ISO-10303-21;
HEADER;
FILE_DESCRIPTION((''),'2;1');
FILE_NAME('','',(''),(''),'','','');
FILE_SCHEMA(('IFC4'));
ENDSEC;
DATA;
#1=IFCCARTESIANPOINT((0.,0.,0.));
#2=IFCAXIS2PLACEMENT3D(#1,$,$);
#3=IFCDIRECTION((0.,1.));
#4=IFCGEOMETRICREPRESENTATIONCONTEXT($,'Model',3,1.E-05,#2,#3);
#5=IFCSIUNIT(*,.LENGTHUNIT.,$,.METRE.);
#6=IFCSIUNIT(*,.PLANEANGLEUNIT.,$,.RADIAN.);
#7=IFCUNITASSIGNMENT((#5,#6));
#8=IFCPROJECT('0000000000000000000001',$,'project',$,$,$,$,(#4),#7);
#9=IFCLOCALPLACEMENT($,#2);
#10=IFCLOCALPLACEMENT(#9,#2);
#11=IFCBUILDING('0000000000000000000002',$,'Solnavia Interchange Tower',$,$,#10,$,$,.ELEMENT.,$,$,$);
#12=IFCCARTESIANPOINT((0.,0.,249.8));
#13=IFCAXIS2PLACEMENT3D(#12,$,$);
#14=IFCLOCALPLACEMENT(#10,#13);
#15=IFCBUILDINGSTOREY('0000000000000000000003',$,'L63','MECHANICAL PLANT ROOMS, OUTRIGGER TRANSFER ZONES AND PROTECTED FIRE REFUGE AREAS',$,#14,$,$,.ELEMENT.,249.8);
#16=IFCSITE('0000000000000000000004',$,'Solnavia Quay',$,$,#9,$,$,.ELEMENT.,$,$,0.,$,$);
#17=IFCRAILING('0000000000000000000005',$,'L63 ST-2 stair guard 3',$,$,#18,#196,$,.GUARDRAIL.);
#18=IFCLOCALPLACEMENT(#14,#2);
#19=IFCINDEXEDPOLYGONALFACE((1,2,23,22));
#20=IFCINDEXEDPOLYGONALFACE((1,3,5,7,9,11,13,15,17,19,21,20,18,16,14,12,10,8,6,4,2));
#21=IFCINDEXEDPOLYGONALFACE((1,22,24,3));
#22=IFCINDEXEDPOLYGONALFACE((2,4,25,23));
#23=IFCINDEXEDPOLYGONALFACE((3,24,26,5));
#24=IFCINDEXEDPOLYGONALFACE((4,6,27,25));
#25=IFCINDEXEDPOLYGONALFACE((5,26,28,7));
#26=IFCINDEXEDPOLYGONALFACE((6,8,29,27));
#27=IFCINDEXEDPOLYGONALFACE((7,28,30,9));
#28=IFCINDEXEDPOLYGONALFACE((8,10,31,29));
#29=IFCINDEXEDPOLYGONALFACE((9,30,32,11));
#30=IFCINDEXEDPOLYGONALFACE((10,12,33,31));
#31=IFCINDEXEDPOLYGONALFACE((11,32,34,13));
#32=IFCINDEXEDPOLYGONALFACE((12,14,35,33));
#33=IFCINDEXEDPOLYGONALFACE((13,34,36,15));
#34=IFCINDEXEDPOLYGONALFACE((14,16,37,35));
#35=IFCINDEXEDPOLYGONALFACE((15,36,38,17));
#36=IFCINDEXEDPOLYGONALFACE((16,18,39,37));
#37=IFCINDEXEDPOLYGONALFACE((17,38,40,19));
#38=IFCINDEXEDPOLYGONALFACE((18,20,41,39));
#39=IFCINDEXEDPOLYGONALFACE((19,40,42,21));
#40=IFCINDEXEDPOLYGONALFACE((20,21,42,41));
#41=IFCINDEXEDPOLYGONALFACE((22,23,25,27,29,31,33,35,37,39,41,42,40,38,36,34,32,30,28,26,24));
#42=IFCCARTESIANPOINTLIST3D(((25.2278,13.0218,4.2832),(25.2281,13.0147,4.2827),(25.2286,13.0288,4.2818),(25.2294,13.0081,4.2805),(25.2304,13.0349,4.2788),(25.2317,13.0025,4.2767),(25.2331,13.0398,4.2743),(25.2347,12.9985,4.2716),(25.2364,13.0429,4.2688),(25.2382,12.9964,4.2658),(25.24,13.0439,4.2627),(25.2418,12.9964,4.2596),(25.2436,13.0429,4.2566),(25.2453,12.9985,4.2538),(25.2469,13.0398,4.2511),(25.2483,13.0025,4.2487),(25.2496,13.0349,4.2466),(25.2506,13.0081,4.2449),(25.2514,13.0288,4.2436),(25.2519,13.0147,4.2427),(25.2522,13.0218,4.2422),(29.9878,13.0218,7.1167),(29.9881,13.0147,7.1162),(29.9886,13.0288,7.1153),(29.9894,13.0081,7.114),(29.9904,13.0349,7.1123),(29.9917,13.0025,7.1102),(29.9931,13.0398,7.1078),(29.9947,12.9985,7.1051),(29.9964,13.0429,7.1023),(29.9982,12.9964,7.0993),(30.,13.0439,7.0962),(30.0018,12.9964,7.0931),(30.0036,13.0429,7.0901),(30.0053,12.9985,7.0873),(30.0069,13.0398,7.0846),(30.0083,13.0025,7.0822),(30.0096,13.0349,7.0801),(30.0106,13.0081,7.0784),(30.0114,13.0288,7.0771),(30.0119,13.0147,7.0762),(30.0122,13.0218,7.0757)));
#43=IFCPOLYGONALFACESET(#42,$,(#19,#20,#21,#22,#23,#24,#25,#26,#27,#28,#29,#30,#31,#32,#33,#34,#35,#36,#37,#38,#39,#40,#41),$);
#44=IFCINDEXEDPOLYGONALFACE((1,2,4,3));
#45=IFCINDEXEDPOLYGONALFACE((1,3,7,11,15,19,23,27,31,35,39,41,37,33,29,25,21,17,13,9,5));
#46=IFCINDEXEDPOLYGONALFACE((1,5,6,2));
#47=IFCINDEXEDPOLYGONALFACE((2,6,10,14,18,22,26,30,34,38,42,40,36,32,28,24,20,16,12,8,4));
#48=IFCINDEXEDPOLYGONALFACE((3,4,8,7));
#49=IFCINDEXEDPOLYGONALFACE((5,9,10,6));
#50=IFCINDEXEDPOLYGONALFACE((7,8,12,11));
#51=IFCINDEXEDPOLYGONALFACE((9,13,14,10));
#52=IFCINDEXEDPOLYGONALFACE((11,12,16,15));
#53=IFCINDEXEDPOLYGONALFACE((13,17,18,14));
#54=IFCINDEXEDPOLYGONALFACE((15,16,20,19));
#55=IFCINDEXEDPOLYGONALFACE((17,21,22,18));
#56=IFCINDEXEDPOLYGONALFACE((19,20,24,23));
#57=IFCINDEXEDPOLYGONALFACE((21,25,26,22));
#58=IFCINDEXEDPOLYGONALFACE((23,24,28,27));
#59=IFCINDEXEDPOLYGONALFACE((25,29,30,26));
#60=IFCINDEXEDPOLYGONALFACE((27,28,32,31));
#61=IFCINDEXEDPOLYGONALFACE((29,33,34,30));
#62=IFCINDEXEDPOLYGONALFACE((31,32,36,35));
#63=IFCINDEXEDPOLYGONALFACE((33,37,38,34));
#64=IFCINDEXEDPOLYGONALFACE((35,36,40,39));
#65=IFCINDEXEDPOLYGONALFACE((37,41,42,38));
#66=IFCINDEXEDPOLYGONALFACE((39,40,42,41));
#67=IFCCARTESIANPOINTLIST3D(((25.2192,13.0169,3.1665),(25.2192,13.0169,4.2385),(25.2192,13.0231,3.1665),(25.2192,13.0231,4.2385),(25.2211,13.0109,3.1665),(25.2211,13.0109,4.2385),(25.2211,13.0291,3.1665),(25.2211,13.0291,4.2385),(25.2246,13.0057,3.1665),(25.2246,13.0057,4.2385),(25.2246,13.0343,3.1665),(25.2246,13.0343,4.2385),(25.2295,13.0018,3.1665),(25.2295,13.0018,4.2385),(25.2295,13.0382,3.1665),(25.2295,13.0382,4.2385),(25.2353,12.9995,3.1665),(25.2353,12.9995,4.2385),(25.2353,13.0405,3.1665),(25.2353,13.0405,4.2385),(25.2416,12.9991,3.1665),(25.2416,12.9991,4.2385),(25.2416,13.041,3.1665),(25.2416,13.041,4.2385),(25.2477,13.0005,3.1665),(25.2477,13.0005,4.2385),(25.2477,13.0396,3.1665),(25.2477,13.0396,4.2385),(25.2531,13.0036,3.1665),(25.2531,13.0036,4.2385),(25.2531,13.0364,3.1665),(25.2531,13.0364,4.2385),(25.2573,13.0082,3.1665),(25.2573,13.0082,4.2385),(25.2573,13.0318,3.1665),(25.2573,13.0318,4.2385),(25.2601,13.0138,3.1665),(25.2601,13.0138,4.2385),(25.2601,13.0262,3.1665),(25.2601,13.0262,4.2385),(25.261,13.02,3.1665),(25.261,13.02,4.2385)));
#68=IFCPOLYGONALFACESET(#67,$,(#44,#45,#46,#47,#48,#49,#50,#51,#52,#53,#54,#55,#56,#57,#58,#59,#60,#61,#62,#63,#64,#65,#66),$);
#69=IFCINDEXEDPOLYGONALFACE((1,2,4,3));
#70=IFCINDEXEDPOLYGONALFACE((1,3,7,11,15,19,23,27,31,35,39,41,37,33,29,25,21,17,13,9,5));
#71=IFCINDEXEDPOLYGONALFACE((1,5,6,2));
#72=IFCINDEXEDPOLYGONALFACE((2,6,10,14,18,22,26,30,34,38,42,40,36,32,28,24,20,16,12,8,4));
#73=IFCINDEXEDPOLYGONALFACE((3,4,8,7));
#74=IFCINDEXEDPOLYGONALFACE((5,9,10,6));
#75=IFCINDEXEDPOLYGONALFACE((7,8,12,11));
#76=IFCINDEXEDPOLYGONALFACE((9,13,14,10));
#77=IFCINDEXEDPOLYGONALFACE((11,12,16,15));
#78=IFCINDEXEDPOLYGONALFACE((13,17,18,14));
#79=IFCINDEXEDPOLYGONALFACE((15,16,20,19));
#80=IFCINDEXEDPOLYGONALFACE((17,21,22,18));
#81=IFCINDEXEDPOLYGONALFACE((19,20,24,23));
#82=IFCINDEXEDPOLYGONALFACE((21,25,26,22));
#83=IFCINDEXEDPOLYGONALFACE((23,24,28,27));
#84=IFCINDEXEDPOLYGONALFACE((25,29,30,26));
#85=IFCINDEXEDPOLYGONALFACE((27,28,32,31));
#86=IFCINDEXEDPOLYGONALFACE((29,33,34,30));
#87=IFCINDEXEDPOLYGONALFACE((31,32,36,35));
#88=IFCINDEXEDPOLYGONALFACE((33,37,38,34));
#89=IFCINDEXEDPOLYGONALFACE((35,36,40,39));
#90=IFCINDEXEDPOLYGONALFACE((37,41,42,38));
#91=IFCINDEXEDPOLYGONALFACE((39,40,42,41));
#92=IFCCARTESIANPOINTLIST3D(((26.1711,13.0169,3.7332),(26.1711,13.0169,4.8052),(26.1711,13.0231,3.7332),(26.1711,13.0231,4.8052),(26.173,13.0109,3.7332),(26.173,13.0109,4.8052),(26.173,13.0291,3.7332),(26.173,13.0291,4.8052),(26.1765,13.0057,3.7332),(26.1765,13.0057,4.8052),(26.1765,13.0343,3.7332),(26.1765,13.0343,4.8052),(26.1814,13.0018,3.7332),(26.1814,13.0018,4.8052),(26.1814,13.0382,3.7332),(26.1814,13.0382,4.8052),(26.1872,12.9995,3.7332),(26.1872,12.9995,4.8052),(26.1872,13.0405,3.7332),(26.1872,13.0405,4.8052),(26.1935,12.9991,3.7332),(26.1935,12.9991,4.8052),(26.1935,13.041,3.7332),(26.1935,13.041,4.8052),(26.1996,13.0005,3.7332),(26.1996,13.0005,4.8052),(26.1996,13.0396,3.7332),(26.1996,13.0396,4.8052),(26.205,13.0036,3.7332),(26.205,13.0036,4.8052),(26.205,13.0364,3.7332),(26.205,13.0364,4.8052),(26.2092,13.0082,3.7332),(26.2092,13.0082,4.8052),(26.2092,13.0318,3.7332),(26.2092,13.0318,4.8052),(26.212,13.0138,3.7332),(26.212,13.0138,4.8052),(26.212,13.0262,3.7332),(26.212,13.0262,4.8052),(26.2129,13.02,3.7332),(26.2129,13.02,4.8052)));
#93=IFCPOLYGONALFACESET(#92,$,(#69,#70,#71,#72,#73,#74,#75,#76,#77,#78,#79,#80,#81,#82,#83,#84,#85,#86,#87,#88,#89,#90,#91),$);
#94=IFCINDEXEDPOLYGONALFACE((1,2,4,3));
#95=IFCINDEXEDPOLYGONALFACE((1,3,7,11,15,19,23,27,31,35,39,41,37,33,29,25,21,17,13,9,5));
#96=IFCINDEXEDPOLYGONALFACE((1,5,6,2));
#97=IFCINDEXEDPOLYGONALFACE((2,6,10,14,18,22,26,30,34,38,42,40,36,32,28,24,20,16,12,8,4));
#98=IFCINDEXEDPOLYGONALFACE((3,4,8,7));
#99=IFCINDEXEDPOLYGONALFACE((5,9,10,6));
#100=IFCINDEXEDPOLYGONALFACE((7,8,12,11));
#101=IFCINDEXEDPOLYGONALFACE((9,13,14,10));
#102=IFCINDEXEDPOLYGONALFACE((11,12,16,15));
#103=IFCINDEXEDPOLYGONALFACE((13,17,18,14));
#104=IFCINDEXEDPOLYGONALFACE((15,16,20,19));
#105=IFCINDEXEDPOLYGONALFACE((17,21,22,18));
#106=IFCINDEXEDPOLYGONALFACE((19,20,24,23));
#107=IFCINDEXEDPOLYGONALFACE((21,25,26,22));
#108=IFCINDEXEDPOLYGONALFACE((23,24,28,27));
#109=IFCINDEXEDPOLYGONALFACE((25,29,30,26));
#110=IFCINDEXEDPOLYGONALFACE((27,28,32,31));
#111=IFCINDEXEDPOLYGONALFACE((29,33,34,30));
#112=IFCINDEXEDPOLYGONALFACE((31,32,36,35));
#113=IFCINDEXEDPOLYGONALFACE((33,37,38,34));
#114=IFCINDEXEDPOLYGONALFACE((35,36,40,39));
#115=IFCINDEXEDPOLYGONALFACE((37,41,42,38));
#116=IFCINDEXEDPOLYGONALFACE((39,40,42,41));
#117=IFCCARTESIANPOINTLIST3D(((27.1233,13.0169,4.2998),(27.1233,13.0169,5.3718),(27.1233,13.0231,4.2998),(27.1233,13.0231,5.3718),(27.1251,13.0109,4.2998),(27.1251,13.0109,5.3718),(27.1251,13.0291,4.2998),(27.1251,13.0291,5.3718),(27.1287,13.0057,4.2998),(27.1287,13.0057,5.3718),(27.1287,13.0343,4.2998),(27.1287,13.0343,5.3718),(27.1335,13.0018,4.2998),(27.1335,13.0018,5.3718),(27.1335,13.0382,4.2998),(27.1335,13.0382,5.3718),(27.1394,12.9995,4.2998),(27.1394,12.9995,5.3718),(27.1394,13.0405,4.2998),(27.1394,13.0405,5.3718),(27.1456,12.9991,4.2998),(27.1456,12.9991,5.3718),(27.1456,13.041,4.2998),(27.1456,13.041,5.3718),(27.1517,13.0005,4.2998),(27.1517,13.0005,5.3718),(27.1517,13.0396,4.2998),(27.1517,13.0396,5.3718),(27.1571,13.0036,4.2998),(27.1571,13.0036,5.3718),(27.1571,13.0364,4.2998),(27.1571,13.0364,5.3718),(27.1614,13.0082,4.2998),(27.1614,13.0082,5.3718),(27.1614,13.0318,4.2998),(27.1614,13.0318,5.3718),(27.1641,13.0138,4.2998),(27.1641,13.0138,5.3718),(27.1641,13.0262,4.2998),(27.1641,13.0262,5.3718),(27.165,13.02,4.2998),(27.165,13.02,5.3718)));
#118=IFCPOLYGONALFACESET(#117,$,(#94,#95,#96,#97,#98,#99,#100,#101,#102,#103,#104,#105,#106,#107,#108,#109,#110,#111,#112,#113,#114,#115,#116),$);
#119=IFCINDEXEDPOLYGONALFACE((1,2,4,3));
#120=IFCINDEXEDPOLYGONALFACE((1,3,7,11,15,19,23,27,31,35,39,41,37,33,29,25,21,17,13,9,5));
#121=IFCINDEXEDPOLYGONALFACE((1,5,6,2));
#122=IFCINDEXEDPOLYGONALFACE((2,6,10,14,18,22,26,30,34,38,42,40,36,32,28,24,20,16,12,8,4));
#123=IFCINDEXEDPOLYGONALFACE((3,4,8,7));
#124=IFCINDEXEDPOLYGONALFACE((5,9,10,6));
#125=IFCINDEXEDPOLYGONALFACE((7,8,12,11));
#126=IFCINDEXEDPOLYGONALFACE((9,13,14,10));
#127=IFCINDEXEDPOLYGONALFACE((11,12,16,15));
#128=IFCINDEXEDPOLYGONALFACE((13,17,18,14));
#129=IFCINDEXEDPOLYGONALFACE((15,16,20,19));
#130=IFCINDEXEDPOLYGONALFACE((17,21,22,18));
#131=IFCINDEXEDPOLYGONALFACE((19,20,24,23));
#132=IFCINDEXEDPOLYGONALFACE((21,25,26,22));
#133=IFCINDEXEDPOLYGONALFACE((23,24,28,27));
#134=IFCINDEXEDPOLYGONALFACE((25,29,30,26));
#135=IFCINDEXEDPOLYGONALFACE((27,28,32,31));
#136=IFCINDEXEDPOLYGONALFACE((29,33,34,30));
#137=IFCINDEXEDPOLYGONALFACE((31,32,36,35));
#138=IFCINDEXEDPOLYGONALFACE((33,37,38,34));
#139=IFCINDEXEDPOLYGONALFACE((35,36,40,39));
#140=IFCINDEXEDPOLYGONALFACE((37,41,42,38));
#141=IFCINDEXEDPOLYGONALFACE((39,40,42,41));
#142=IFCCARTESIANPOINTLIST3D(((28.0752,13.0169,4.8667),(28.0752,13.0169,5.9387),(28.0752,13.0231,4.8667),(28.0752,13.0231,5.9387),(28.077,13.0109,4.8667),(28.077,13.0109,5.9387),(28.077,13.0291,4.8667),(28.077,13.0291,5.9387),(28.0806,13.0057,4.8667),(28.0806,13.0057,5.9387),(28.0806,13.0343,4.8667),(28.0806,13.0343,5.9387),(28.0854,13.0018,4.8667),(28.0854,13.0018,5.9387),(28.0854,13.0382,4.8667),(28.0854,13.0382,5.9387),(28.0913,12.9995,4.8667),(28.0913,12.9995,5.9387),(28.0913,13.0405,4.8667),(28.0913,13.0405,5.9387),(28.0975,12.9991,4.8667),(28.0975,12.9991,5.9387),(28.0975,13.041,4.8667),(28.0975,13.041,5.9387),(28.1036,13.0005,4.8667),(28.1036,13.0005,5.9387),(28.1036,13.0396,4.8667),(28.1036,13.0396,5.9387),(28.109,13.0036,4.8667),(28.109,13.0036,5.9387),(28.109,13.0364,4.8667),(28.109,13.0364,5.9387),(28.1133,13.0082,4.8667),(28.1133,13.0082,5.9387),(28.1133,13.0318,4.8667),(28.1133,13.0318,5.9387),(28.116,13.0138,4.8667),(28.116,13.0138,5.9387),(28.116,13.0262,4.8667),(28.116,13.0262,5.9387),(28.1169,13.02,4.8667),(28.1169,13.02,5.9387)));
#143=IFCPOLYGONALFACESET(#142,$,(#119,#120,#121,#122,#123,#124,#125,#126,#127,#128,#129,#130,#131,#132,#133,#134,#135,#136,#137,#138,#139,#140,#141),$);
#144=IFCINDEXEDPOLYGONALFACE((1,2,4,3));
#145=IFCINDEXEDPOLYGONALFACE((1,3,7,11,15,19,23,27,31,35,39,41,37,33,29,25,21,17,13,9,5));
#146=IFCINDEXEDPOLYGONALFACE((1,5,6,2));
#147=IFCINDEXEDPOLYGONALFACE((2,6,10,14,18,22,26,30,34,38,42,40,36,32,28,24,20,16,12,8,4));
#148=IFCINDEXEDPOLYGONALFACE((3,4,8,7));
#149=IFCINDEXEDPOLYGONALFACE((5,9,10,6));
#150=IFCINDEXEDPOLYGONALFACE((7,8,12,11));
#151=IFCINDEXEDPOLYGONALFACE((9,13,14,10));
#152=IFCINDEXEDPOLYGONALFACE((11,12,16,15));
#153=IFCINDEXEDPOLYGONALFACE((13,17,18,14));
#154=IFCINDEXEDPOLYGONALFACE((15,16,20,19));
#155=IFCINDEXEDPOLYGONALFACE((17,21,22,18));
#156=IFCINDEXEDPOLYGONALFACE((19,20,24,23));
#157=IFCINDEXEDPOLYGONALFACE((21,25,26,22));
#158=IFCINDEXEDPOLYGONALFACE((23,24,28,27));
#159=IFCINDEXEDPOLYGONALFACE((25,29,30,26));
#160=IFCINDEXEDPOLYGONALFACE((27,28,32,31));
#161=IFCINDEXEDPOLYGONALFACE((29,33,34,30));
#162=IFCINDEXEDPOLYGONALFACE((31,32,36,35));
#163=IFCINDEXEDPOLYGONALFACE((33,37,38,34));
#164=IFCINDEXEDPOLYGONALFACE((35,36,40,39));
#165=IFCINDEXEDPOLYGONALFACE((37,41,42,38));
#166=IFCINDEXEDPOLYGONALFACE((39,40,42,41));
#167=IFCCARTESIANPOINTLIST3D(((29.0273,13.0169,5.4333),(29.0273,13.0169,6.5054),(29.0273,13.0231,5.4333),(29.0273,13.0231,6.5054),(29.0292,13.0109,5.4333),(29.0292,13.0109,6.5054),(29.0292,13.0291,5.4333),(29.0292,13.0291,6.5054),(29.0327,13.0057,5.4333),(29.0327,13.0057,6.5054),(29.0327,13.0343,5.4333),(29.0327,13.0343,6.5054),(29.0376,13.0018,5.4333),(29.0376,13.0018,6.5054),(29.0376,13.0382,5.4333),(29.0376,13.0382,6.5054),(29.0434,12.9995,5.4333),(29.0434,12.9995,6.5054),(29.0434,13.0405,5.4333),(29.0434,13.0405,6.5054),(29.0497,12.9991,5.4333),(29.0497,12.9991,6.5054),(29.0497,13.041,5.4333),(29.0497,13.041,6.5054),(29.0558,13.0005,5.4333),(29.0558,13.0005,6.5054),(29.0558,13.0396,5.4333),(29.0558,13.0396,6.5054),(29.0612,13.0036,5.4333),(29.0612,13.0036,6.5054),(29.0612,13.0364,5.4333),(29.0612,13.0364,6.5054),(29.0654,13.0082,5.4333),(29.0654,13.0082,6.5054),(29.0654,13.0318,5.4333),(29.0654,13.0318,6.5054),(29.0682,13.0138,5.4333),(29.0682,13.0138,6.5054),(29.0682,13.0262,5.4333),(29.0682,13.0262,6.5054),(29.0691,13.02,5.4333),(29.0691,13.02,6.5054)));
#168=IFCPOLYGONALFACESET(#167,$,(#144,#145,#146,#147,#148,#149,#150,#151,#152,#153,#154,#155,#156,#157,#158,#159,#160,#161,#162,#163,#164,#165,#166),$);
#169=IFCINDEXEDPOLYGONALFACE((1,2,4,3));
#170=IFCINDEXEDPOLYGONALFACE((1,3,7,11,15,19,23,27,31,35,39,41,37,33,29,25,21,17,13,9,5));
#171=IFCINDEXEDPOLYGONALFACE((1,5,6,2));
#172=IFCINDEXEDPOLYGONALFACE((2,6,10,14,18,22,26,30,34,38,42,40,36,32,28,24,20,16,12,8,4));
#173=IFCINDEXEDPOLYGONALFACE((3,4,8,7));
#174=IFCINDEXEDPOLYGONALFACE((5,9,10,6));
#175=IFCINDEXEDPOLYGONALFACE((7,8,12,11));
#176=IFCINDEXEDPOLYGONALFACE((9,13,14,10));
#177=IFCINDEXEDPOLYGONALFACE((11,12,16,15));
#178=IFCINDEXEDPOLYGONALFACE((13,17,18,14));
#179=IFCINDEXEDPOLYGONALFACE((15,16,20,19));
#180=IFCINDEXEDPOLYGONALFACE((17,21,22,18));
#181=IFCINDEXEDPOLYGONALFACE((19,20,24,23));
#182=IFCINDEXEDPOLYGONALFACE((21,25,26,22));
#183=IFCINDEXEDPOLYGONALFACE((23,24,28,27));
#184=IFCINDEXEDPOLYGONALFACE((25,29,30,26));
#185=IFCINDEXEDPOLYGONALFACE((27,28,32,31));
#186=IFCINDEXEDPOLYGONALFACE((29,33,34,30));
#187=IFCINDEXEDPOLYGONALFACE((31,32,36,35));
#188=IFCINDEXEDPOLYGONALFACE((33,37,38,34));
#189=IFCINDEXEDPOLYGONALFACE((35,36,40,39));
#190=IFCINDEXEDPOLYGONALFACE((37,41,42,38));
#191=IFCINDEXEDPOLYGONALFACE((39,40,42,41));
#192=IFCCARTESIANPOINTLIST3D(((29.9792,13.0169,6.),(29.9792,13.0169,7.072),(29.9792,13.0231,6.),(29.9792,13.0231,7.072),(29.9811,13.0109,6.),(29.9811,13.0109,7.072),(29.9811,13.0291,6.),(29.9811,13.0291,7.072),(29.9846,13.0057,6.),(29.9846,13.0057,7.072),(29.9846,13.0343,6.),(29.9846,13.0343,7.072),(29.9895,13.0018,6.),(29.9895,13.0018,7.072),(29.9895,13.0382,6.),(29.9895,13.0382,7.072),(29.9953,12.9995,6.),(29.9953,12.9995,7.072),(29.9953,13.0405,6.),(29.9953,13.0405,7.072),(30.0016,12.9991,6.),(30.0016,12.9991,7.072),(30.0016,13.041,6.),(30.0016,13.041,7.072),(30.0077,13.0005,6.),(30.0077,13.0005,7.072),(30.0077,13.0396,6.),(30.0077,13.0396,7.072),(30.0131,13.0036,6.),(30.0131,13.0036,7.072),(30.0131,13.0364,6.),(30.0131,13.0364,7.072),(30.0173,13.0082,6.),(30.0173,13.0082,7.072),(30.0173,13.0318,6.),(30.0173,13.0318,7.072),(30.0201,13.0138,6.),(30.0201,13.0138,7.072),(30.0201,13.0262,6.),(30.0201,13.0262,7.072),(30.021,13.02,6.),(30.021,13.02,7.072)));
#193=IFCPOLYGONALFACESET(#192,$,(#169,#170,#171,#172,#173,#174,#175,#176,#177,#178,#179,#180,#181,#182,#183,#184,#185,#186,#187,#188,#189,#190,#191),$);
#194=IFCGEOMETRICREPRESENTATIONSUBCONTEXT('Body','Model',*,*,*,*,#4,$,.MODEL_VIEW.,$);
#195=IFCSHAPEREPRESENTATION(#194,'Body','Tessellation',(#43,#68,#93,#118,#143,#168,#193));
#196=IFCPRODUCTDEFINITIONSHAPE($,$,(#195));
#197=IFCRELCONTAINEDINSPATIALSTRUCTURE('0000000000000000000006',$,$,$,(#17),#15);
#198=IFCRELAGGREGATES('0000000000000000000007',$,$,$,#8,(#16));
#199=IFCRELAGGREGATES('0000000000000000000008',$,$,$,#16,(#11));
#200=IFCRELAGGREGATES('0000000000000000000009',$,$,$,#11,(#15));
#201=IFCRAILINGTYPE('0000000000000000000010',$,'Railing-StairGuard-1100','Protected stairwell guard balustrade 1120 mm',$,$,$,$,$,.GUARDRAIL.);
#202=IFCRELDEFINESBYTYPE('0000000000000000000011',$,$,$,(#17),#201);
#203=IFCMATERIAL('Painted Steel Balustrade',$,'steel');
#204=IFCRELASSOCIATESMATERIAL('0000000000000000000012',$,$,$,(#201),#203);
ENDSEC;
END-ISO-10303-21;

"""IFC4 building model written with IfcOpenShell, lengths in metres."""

from ifc_helpers import new_model, si_unit, direction, frame, origin, origin_2d, place, context, subcontext, project, spatial, circle, extrude, material, type_object, element, save


model = new_model("IFC4")

# Units and contexts
model_context = context("Model", 3, precision=1e-05, world=origin(), true_north=direction((0.0, 1.0)))
body_context = subcontext(model_context, "Body", "Model", "MODEL_VIEW")
ifc_project = project(units=[si_unit("LENGTHUNIT", "METRE"), si_unit("PLANEANGLEUNIT", "RADIAN")], contexts=[model_context])

# Site, building, storey
site_placement = place(None, origin())
site = spatial("IfcSite", under=ifc_project, at=site_placement, Name="Solnavia Quay", CompositionType="ELEMENT", RefElevation=0.0)
building_placement = place(site_placement, origin())
building = spatial("IfcBuilding", under=site, at=building_placement, Name="Solnavia Interchange Tower", CompositionType="ELEMENT")
storey_placement = place(building_placement, frame((0.0, 0.0, 249.8)))
storey = spatial("IfcBuildingStorey", under=building, at=storey_placement, Name="L63", Description="MECHANICAL PLANT ROOMS, OUTRIGGER TRANSFER ZONES AND PROTECTED FIRE REFUGE AREAS", CompositionType="ELEMENT", Elevation=249.8)

# Railing
ifc_material_1 = material(Name="Painted Steel Balustrade", Category="steel")
railing_type_1 = type_object("IfcRailingType", Name="Railing-StairGuard-1100", Description="Protected stairwell guard balustrade 1120 mm", PredefinedType="GUARDRAIL", material=ifc_material_1)
railing_1_placement = place(storey_placement, frame((25.24, 13.02, 3.1665)))
element("IfcRailing", 1, at=railing_1_placement, inside=storey, type_object=railing_type_1, Name="L63 ST-2 stair guard 3", PredefinedType="GUARDRAIL", context=body_context, shape_type="SweptSolid", body=[
    extrude(circle(Radius=0.0239, at=origin_2d()), frame((0.0, 0.0, 1.0962), z_axis=(0.85928, 0.0, 0.511505), x_axis=(0.0, 1.0, 0.0)), (0.0, 0.0, 1.0), 5.5396),
    extrude(circle(Radius=0.021, at=origin_2d()), origin(), (0.0, 0.0, 1.0), 1.072),
    extrude(circle(Radius=0.021, at=origin_2d()), frame((0.9519, 0.0, 0.5667)), (0.0, 0.0, 1.0), 1.072),
    extrude(circle(Radius=0.021, at=origin_2d()), frame((1.9041, 0.0, 1.1333)), (0.0, 0.0, 1.0), 1.072),
    extrude(circle(Radius=0.021, at=origin_2d()), frame((2.856, 0.0, 1.7002)), (0.0, 0.0, 1.0), 1.072),
    extrude(circle(Radius=0.021, at=origin_2d()), frame((3.8081, 0.0, 2.2668)), (0.0, 0.0, 1.0), 1.072),
    extrude(circle(Radius=0.021, at=origin_2d()), frame((4.76, 0.0, 2.8335)), (0.0, 0.0, 1.0), 1.072),
])

save(model, "model.ifc")
